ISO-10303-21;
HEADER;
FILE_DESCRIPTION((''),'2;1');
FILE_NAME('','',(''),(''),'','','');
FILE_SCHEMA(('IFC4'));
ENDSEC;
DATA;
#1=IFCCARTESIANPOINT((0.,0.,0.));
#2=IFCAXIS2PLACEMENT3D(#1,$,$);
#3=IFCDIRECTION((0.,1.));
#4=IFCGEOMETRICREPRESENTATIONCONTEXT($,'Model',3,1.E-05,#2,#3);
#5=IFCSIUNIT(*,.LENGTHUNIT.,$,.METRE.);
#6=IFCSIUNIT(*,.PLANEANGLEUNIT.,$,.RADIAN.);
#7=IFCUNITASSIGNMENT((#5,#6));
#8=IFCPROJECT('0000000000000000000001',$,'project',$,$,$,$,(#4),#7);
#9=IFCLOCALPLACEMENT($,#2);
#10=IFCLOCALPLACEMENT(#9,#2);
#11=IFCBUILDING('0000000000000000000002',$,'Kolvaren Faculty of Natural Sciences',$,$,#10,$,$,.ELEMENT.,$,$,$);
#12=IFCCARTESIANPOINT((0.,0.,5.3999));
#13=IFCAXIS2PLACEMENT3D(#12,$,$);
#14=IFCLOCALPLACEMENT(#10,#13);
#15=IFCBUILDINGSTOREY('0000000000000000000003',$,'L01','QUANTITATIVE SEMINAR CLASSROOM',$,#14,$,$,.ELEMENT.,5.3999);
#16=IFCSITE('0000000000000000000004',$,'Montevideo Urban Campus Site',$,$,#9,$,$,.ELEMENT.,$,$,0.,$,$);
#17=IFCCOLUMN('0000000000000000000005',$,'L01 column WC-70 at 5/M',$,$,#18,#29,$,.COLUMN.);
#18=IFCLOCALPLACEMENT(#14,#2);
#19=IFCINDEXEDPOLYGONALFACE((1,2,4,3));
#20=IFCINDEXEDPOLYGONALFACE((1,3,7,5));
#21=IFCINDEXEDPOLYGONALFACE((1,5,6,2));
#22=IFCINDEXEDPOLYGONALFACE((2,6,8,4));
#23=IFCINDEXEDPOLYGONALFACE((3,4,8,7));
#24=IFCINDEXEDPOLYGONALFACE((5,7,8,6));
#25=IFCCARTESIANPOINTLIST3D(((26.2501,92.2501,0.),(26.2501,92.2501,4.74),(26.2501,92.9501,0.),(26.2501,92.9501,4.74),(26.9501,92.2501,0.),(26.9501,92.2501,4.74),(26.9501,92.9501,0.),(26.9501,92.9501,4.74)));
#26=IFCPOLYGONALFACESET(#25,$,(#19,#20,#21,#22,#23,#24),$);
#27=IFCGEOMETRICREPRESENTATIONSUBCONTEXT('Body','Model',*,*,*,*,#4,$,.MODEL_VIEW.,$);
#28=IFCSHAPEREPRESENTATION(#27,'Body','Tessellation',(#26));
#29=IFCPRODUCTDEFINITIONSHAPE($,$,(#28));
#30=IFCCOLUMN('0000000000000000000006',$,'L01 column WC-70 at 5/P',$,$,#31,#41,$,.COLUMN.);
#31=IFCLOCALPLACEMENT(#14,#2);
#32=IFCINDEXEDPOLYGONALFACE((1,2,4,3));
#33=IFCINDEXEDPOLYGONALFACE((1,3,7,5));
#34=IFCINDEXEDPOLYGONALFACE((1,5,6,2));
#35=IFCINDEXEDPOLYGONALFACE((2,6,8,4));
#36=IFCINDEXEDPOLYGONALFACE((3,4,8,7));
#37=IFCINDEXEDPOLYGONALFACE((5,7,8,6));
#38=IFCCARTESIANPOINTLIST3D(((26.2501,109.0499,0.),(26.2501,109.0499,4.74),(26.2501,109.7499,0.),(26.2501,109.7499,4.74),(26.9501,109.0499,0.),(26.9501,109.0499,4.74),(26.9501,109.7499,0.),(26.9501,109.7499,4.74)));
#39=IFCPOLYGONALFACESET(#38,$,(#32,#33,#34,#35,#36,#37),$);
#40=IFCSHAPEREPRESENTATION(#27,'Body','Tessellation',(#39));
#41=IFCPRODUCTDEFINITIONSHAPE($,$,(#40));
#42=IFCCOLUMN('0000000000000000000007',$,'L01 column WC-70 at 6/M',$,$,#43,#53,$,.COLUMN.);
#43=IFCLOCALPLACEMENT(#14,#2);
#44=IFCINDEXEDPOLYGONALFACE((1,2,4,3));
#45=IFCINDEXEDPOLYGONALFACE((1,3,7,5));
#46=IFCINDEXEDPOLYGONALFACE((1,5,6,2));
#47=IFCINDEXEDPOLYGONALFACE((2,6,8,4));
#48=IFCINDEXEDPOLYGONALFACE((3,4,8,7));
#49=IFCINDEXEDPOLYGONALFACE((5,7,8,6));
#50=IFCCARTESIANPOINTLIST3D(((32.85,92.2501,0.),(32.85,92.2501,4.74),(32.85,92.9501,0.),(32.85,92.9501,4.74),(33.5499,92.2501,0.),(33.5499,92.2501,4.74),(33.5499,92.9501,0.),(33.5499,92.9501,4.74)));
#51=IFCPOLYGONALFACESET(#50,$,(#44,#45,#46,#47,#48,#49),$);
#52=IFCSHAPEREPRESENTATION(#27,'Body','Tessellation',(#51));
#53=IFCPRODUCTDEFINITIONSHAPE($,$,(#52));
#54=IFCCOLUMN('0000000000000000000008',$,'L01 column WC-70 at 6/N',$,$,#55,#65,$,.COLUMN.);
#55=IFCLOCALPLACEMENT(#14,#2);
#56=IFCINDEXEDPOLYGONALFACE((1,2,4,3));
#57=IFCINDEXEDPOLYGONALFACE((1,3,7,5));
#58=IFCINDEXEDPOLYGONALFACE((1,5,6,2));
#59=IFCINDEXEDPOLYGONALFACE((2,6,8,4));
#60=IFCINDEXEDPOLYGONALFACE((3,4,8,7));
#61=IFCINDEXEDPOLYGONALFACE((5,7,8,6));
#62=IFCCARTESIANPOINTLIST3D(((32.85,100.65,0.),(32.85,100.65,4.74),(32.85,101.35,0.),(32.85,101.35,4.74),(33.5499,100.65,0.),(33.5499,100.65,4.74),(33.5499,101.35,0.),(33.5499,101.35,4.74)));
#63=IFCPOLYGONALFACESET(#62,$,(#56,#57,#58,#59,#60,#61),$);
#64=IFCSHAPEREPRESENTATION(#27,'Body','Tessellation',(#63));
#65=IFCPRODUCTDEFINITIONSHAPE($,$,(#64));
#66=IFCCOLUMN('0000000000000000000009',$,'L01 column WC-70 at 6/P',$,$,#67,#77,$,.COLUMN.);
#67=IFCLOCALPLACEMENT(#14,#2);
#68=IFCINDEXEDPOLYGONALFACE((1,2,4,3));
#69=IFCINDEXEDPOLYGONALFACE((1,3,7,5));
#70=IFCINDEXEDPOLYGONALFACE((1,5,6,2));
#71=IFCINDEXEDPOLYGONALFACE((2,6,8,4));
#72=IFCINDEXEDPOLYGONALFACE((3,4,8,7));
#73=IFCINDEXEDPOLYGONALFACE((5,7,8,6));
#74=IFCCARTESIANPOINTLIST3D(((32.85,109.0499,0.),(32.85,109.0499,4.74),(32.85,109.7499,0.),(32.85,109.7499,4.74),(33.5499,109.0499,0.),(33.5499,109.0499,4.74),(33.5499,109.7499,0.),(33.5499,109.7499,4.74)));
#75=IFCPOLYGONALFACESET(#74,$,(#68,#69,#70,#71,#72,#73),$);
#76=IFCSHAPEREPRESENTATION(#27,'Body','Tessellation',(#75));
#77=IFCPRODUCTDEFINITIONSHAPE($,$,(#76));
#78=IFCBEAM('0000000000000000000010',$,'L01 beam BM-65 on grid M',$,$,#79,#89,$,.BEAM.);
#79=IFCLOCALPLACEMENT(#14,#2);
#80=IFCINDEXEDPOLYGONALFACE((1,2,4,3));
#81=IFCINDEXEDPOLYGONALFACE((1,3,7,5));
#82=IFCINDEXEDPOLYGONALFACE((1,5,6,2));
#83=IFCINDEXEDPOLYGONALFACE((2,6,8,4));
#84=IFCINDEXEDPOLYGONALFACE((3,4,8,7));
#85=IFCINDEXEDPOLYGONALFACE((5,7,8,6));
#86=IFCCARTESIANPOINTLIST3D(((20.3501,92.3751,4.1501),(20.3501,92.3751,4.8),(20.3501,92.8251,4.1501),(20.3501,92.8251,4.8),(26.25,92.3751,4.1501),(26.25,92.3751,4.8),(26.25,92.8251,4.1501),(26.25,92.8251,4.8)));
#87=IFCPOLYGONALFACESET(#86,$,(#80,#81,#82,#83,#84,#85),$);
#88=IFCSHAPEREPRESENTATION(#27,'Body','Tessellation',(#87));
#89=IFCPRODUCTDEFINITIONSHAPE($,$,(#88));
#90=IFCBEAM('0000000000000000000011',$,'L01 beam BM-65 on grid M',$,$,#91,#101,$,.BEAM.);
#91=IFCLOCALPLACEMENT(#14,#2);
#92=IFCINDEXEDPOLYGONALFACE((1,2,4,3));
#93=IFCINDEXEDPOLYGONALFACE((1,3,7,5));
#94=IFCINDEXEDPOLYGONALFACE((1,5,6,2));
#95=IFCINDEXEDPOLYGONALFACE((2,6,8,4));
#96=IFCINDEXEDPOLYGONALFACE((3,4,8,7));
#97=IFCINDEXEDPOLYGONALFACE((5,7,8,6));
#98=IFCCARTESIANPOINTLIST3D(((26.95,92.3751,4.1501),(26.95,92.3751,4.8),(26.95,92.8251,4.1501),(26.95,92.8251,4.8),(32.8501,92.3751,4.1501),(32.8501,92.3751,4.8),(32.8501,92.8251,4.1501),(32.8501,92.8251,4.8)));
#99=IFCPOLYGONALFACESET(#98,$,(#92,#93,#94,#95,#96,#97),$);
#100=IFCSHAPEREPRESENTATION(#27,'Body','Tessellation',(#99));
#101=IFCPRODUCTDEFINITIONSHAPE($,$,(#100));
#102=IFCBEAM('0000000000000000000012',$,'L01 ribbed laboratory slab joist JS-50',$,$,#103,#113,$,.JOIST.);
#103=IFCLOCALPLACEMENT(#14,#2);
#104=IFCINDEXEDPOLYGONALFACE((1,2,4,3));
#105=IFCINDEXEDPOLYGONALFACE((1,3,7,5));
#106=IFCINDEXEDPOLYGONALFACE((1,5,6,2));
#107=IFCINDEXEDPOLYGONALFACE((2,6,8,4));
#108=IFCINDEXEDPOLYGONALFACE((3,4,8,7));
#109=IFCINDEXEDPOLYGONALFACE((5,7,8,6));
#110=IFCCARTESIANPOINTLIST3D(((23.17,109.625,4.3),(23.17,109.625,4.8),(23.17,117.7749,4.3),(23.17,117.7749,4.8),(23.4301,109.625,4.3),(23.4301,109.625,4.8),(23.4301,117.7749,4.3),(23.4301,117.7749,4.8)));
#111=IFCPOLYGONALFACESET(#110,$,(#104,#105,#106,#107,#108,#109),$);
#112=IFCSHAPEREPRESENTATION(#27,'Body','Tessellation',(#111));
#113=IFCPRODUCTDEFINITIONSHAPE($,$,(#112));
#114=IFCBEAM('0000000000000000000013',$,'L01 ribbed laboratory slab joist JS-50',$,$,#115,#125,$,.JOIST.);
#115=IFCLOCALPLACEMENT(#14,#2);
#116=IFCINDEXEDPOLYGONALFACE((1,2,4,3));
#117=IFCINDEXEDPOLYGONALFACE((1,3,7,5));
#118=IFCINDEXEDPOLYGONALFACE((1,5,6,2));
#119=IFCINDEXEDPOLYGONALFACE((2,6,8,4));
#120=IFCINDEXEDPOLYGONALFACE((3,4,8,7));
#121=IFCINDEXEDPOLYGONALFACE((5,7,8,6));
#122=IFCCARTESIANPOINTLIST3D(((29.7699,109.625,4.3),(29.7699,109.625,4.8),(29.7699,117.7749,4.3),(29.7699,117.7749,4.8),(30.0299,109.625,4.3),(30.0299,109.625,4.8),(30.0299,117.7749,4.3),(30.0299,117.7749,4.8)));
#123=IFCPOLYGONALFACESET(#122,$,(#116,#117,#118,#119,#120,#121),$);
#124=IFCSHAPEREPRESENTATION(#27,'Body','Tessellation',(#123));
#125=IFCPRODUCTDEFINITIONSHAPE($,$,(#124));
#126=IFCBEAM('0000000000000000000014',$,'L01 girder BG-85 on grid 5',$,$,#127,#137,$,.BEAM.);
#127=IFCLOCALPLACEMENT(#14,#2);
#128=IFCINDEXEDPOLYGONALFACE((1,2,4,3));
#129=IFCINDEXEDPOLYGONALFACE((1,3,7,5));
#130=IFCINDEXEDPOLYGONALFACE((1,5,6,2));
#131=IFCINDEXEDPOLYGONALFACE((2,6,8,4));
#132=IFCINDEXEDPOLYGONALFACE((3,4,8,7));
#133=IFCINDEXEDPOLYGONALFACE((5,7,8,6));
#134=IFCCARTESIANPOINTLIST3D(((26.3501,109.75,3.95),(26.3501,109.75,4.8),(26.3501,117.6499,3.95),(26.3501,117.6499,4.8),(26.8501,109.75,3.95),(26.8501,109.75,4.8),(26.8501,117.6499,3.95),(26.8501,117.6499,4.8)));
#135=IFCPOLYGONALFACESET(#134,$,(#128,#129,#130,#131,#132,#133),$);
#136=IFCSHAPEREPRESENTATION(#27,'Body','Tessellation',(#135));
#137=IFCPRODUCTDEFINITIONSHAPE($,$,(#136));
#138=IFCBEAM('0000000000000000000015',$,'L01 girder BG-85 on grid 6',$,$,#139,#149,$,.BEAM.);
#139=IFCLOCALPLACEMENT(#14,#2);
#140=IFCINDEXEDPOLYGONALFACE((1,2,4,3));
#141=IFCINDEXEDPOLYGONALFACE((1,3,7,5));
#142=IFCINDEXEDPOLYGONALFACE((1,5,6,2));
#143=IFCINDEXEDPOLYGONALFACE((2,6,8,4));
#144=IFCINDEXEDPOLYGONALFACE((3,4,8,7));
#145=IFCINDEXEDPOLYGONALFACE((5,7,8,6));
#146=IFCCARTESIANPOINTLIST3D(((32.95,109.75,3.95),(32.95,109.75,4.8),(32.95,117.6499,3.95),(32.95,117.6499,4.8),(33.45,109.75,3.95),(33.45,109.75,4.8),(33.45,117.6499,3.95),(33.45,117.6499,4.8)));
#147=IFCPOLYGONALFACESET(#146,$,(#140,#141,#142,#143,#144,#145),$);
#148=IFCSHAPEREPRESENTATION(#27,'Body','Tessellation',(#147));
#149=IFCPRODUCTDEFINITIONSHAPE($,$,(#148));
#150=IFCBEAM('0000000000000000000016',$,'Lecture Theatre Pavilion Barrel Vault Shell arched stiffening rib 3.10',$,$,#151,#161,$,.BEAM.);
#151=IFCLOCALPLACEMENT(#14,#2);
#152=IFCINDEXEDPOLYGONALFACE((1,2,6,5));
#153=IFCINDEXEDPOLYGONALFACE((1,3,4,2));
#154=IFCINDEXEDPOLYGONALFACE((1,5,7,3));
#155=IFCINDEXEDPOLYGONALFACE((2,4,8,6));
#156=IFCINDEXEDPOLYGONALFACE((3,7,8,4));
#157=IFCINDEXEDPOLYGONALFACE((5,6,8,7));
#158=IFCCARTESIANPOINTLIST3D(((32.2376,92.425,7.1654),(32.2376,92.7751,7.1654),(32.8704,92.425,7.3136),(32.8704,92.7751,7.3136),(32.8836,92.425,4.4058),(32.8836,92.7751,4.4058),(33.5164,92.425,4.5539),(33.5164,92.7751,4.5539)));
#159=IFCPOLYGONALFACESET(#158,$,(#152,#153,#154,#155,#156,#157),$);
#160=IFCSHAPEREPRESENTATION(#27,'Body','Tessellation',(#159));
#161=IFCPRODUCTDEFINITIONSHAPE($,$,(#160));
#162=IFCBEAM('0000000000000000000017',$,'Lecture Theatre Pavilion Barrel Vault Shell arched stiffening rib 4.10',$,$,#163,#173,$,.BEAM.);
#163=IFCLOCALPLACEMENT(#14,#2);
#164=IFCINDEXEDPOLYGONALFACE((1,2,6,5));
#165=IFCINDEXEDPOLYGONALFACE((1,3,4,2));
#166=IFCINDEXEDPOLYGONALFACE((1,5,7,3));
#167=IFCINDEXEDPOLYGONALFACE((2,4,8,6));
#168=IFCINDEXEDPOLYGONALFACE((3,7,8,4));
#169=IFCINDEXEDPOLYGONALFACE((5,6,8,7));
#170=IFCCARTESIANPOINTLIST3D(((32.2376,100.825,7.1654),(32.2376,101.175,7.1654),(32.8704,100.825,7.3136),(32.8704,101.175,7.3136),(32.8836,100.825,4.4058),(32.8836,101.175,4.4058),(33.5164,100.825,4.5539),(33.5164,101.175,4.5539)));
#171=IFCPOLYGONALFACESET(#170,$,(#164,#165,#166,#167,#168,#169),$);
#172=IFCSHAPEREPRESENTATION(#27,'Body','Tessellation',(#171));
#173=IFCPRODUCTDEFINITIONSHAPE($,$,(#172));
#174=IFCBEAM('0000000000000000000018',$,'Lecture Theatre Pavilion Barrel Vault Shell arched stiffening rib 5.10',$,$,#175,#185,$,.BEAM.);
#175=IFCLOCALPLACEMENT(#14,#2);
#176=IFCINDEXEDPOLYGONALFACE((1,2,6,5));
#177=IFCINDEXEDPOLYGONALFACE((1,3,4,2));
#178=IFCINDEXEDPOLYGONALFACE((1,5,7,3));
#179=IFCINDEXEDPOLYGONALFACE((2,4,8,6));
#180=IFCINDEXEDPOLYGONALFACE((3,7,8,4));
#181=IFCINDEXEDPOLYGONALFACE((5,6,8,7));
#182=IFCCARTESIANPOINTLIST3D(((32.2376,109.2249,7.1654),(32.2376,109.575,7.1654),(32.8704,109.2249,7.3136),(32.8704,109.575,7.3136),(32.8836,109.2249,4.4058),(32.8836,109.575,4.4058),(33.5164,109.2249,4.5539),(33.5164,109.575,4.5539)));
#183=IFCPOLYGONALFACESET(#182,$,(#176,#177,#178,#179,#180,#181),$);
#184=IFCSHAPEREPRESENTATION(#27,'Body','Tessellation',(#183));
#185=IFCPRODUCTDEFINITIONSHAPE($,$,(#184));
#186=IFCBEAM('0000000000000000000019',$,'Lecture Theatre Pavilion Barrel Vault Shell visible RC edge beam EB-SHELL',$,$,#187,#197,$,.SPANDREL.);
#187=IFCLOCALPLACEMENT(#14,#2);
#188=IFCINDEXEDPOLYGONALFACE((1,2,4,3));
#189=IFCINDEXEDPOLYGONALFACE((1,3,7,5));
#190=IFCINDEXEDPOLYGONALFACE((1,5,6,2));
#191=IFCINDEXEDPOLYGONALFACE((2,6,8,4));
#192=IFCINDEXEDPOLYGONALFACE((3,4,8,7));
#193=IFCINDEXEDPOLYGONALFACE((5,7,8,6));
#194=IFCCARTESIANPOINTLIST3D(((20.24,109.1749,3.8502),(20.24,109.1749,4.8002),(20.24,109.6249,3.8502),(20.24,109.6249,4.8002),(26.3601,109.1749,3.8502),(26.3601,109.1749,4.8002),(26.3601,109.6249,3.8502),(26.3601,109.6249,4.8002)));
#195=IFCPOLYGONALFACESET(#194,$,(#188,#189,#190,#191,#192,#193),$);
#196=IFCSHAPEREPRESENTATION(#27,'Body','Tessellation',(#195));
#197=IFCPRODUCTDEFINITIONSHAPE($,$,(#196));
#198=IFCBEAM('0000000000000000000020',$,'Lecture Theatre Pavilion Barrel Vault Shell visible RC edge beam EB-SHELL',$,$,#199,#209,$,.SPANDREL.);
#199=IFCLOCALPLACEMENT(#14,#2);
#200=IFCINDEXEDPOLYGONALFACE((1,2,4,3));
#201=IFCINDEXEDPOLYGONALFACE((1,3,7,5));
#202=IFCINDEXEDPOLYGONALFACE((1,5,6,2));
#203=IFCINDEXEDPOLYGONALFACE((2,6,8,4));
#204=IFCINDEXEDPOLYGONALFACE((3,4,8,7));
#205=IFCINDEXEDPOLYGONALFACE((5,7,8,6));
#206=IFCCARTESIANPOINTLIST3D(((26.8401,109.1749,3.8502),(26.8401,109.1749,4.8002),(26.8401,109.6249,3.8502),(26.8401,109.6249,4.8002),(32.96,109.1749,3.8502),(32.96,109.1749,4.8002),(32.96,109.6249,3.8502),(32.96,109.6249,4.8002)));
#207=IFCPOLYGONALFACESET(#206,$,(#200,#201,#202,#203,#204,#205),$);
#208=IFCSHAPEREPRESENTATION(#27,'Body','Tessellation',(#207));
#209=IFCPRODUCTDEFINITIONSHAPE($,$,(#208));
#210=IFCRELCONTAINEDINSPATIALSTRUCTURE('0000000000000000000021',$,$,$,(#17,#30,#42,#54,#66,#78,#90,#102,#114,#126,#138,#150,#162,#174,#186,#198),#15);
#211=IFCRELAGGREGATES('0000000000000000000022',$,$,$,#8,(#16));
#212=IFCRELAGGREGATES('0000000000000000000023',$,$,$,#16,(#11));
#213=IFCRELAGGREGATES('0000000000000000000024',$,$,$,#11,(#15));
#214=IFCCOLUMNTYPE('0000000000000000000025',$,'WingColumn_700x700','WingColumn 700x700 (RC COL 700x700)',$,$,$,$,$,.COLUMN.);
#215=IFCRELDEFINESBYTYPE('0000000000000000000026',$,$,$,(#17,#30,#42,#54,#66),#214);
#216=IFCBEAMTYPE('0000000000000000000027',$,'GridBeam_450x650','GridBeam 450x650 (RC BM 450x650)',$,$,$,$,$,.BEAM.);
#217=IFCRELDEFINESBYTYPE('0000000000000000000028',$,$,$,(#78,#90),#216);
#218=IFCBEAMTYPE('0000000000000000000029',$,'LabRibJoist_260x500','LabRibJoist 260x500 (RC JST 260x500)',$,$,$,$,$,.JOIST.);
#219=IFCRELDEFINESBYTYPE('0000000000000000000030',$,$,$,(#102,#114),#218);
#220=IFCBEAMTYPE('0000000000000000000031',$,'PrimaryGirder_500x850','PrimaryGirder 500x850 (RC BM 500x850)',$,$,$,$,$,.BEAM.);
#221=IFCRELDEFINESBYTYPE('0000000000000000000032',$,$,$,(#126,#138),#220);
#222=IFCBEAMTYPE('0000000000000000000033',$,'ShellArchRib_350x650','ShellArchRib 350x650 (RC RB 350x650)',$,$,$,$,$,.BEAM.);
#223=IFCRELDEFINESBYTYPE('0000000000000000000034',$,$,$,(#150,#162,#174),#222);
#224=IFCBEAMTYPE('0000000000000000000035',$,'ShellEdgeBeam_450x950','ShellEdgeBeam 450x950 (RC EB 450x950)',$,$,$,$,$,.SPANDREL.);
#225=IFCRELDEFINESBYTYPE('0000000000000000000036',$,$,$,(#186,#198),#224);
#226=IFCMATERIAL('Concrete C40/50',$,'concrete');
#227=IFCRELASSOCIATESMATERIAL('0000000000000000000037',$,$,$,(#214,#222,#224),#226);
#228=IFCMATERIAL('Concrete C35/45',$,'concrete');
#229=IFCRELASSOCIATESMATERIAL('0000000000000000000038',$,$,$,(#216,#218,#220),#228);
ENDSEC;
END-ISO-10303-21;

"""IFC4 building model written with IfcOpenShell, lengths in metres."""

from ifc_helpers import new_model, si_unit, direction, frame, origin, origin_2d, place, context, subcontext, project, spatial, rectangle, extrude, material, material_profile, profile_set, type_object, element, save


model = new_model("IFC4")

# Units and contexts
model_context = context("Model", 3, precision=1e-05, world=origin(), true_north=direction((0.0, 1.0)))
body_context = subcontext(model_context, "Body", "Model", "MODEL_VIEW")
ifc_project = project(units=[si_unit("LENGTHUNIT", "METRE"), si_unit("PLANEANGLEUNIT", "RADIAN")], contexts=[model_context])

# Site, building, storey
site_placement = place(None, origin())
site = spatial("IfcSite", under=ifc_project, at=site_placement, Name="Montevideo Urban Campus Site", CompositionType="ELEMENT", RefElevation=0.0)
building_placement = place(site_placement, origin())
building = spatial("IfcBuilding", under=site, at=building_placement, Name="Kolvaren Faculty of Natural Sciences", CompositionType="ELEMENT")
storey_placement = place(building_placement, frame((0.0, 0.0, 5.3999)))
storey = spatial("IfcBuildingStorey", under=building, at=storey_placement, Name="L01", Description="QUANTITATIVE SEMINAR CLASSROOM", CompositionType="ELEMENT", Elevation=5.3999)

# Columns
ifc_material_1 = material(Name="Concrete C40/50", Category="concrete")
ifc_material_profile_1 = material_profile(ifc_material_1, rectangle(XDim=0.7, YDim=0.7, at=origin_2d()), Name="RC COL 700x700")
ifc_profile_set_1 = profile_set([ifc_material_profile_1], Name="Concrete C40/50")
column_type = type_object("IfcColumnType", Name="WingColumn_700x700", Description="WingColumn 700x700 (RC COL 700x700)", PredefinedType="COLUMN", material=ifc_profile_set_1)
for number, where, z_axis, x_axis, name in (
    (1, (26.6001, 92.6001, 0.0), (0.0, 0.0, 1.0), (1.0, 0.0, 0.0), "L01 column WC-70 at 5/M"),
    (2, (26.6001, 109.3999, 0.0), (0.0, 0.0, 1.0), (1.0, 0.0, 0.0), "L01 column WC-70 at 5/P"),
    (3, (33.2, 92.6001, 0.0), (0.0, 0.0, 1.0), (1.0, 0.0, 0.0), "L01 column WC-70 at 6/M"),
    (4, (33.2, 101.0, 0.0), (0.0, 0.0, 1.0), (1.0, 0.0, 0.0), "L01 column WC-70 at 6/N"),
    (5, (33.2, 109.3999, 0.0), (0.0, 0.0, 1.0), (1.0, 0.0, 0.0), "L01 column WC-70 at 6/P"),
):
    element("IfcColumn", number, at=place(storey_placement, frame(where, z_axis=z_axis, x_axis=x_axis)), inside=storey, type_object=column_type, Name=name, PredefinedType="COLUMN", context=body_context, shape_type="SweptSolid", body=[
        extrude(rectangle(XDim=0.7, YDim=0.7, at=origin_2d()), origin(), (0.0, 0.0, 1.0), 4.74),
    ])

# Beams
ifc_material_2 = material(Name="Concrete C35/45", Category="concrete")
ifc_material_profile_2 = material_profile(ifc_material_2, rectangle(XDim=0.45, YDim=0.6499, at=origin_2d()), Name="RC BM 450x650")
ifc_profile_set_2 = profile_set([ifc_material_profile_2], Name="Concrete C35/45")
beam_type_1 = type_object("IfcBeamType", Name="GridBeam_450x650", Description="GridBeam 450x650 (RC BM 450x650)", PredefinedType="BEAM", material=ifc_profile_set_2)
beam_1_placement = place(storey_placement, frame((20.3501, 92.6001, 4.4751), z_axis=(1.0, 0.0, 0.0), x_axis=(0.0, 1.0, 0.0)))
element("IfcBeam", 6, at=beam_1_placement, inside=storey, type_object=beam_type_1, Name="L01 beam BM-65 on grid M", PredefinedType="BEAM", context=body_context, shape_type="SweptSolid", body=[
    extrude(rectangle(XDim=0.45, YDim=0.6499, at=origin_2d()), origin(), (0.0, 0.0, 1.0), 5.8999),
])
beam_2_placement = place(storey_placement, frame((26.95, 92.6001, 4.4751), z_axis=(1.0, 0.0, 0.0), x_axis=(0.0, 1.0, 0.0)))
element("IfcBeam", 7, at=beam_2_placement, inside=storey, type_object=beam_type_1, Name="L01 beam BM-65 on grid M", PredefinedType="BEAM", context=body_context, shape_type="SweptSolid", body=[
    extrude(rectangle(XDim=0.45, YDim=0.6499, at=origin_2d()), origin(), (0.0, 0.0, 1.0), 5.9001),
])
ifc_material_profile_3 = material_profile(ifc_material_2, rectangle(XDim=0.26, YDim=0.5, at=origin_2d()), Name="RC JST 260x500")
ifc_profile_set_3 = profile_set([ifc_material_profile_3], Name="Concrete C35/45")
beam_type_2 = type_object("IfcBeamType", Name="LabRibJoist_260x500", Description="LabRibJoist 260x500 (RC JST 260x500)", PredefinedType="JOIST", material=ifc_profile_set_3)
for number, where, z_axis, x_axis, name in (
    (8, (23.3, 109.625, 4.55), (0.0, 1.0, 0.0), (-1.0, 0.0, 0.0), "L01 ribbed laboratory slab joist JS-50"),
    (9, (29.8999, 109.625, 4.55), (0.0, 1.0, 0.0), (-1.0, 0.0, 0.0), "L01 ribbed laboratory slab joist JS-50"),
):
    element("IfcBeam", number, at=place(storey_placement, frame(where, z_axis=z_axis, x_axis=x_axis)), inside=storey, type_object=beam_type_2, Name=name, PredefinedType="JOIST", context=body_context, shape_type="SweptSolid", body=[
        extrude(rectangle(XDim=0.26, YDim=0.5, at=origin_2d()), origin(), (0.0, 0.0, 1.0), 8.1499),
    ])
ifc_material_profile_4 = material_profile(ifc_material_2, rectangle(XDim=0.5, YDim=0.8501, at=origin_2d()), Name="RC BM 500x850")
ifc_profile_set_4 = profile_set([ifc_material_profile_4], Name="Concrete C35/45")
beam_type_3 = type_object("IfcBeamType", Name="PrimaryGirder_500x850", Description="PrimaryGirder 500x850 (RC BM 500x850)", PredefinedType="BEAM", material=ifc_profile_set_4)
for number, where, z_axis, x_axis, name in (
    (10, (26.6001, 109.75, 4.375), (0.0, 1.0, 0.0), (-1.0, 0.0, 0.0), "L01 girder BG-85 on grid 5"),
    (11, (33.2, 109.75, 4.375), (0.0, 1.0, 0.0), (-1.0, 0.0, 0.0), "L01 girder BG-85 on grid 6"),
):
    element("IfcBeam", number, at=place(storey_placement, frame(where, z_axis=z_axis, x_axis=x_axis)), inside=storey, type_object=beam_type_3, Name=name, PredefinedType="BEAM", context=body_context, shape_type="SweptSolid", body=[
        extrude(rectangle(XDim=0.5, YDim=0.8501, at=origin_2d()), origin(), (0.0, 0.0, 1.0), 7.8999),
    ])
ifc_material_profile_5 = material_profile(ifc_material_1, rectangle(XDim=0.3501, YDim=0.6499, at=origin_2d()), Name="RC RB 350x650")
ifc_profile_set_5 = profile_set([ifc_material_profile_5], Name="Concrete C40/50")
beam_type_4 = type_object("IfcBeamType", Name="ShellArchRib_350x650", Description="ShellArchRib 350x650 (RC RB 350x650)", PredefinedType="BEAM", material=ifc_profile_set_5)
for number, where, z_axis, x_axis, name in (
    (12, (32.554, 92.6001, 7.2395), (0.227935, 0.0, -0.973676), (0.0, 1.0, 0.0), "Lecture Theatre Pavilion Barrel Vault Shell arched stiffening rib 3.10"),
    (13, (32.554, 101.0, 7.2395), (0.227935, 0.0, -0.973676), (0.0, 1.0, 0.0), "Lecture Theatre Pavilion Barrel Vault Shell arched stiffening rib 4.10"),
    (14, (32.554, 109.3999, 7.2395), (0.227935, 0.0, -0.973676), (0.0, 1.0, 0.0), "Lecture Theatre Pavilion Barrel Vault Shell arched stiffening rib 5.10"),
):
    element("IfcBeam", number, at=place(storey_placement, frame(where, z_axis=z_axis, x_axis=x_axis)), inside=storey, type_object=beam_type_4, Name=name, PredefinedType="BEAM", context=body_context, shape_type="SweptSolid", body=[
        extrude(rectangle(XDim=0.3501, YDim=0.6499, at=origin_2d()), origin(), (0.0, 0.0, 1.0), 2.8342),
    ])
ifc_material_profile_6 = material_profile(ifc_material_1, rectangle(XDim=0.45, YDim=0.95, at=origin_2d()), Name="RC EB 450x950")
ifc_profile_set_6 = profile_set([ifc_material_profile_6], Name="Concrete C40/50")
beam_type_5 = type_object("IfcBeamType", Name="ShellEdgeBeam_450x950", Description="ShellEdgeBeam 450x950 (RC EB 450x950)", PredefinedType="SPANDREL", material=ifc_profile_set_6)
beam_3_placement = place(storey_placement, frame((20.24, 109.3999, 4.3252), z_axis=(1.0, 0.0, 0.0), x_axis=(0.0, 1.0, 0.0)))
element("IfcBeam", 15, at=beam_3_placement, inside=storey, type_object=beam_type_5, Name="Lecture Theatre Pavilion Barrel Vault Shell visible RC edge beam EB-SHELL", PredefinedType="SPANDREL", context=body_context, shape_type="SweptSolid", body=[
    extrude(rectangle(XDim=0.45, YDim=0.95, at=origin_2d()), origin(), (0.0, 0.0, 1.0), 6.1201),
])
beam_4_placement = place(storey_placement, frame((26.8401, 109.3999, 4.3252), z_axis=(1.0, 0.0, 0.0), x_axis=(0.0, 1.0, 0.0)))
element("IfcBeam", 16, at=beam_4_placement, inside=storey, type_object=beam_type_5, Name="Lecture Theatre Pavilion Barrel Vault Shell visible RC edge beam EB-SHELL", PredefinedType="SPANDREL", context=body_context, shape_type="SweptSolid", body=[
    extrude(rectangle(XDim=0.45, YDim=0.95, at=origin_2d()), origin(), (0.0, 0.0, 1.0), 6.1199),
])

save(model, "model.ifc")
